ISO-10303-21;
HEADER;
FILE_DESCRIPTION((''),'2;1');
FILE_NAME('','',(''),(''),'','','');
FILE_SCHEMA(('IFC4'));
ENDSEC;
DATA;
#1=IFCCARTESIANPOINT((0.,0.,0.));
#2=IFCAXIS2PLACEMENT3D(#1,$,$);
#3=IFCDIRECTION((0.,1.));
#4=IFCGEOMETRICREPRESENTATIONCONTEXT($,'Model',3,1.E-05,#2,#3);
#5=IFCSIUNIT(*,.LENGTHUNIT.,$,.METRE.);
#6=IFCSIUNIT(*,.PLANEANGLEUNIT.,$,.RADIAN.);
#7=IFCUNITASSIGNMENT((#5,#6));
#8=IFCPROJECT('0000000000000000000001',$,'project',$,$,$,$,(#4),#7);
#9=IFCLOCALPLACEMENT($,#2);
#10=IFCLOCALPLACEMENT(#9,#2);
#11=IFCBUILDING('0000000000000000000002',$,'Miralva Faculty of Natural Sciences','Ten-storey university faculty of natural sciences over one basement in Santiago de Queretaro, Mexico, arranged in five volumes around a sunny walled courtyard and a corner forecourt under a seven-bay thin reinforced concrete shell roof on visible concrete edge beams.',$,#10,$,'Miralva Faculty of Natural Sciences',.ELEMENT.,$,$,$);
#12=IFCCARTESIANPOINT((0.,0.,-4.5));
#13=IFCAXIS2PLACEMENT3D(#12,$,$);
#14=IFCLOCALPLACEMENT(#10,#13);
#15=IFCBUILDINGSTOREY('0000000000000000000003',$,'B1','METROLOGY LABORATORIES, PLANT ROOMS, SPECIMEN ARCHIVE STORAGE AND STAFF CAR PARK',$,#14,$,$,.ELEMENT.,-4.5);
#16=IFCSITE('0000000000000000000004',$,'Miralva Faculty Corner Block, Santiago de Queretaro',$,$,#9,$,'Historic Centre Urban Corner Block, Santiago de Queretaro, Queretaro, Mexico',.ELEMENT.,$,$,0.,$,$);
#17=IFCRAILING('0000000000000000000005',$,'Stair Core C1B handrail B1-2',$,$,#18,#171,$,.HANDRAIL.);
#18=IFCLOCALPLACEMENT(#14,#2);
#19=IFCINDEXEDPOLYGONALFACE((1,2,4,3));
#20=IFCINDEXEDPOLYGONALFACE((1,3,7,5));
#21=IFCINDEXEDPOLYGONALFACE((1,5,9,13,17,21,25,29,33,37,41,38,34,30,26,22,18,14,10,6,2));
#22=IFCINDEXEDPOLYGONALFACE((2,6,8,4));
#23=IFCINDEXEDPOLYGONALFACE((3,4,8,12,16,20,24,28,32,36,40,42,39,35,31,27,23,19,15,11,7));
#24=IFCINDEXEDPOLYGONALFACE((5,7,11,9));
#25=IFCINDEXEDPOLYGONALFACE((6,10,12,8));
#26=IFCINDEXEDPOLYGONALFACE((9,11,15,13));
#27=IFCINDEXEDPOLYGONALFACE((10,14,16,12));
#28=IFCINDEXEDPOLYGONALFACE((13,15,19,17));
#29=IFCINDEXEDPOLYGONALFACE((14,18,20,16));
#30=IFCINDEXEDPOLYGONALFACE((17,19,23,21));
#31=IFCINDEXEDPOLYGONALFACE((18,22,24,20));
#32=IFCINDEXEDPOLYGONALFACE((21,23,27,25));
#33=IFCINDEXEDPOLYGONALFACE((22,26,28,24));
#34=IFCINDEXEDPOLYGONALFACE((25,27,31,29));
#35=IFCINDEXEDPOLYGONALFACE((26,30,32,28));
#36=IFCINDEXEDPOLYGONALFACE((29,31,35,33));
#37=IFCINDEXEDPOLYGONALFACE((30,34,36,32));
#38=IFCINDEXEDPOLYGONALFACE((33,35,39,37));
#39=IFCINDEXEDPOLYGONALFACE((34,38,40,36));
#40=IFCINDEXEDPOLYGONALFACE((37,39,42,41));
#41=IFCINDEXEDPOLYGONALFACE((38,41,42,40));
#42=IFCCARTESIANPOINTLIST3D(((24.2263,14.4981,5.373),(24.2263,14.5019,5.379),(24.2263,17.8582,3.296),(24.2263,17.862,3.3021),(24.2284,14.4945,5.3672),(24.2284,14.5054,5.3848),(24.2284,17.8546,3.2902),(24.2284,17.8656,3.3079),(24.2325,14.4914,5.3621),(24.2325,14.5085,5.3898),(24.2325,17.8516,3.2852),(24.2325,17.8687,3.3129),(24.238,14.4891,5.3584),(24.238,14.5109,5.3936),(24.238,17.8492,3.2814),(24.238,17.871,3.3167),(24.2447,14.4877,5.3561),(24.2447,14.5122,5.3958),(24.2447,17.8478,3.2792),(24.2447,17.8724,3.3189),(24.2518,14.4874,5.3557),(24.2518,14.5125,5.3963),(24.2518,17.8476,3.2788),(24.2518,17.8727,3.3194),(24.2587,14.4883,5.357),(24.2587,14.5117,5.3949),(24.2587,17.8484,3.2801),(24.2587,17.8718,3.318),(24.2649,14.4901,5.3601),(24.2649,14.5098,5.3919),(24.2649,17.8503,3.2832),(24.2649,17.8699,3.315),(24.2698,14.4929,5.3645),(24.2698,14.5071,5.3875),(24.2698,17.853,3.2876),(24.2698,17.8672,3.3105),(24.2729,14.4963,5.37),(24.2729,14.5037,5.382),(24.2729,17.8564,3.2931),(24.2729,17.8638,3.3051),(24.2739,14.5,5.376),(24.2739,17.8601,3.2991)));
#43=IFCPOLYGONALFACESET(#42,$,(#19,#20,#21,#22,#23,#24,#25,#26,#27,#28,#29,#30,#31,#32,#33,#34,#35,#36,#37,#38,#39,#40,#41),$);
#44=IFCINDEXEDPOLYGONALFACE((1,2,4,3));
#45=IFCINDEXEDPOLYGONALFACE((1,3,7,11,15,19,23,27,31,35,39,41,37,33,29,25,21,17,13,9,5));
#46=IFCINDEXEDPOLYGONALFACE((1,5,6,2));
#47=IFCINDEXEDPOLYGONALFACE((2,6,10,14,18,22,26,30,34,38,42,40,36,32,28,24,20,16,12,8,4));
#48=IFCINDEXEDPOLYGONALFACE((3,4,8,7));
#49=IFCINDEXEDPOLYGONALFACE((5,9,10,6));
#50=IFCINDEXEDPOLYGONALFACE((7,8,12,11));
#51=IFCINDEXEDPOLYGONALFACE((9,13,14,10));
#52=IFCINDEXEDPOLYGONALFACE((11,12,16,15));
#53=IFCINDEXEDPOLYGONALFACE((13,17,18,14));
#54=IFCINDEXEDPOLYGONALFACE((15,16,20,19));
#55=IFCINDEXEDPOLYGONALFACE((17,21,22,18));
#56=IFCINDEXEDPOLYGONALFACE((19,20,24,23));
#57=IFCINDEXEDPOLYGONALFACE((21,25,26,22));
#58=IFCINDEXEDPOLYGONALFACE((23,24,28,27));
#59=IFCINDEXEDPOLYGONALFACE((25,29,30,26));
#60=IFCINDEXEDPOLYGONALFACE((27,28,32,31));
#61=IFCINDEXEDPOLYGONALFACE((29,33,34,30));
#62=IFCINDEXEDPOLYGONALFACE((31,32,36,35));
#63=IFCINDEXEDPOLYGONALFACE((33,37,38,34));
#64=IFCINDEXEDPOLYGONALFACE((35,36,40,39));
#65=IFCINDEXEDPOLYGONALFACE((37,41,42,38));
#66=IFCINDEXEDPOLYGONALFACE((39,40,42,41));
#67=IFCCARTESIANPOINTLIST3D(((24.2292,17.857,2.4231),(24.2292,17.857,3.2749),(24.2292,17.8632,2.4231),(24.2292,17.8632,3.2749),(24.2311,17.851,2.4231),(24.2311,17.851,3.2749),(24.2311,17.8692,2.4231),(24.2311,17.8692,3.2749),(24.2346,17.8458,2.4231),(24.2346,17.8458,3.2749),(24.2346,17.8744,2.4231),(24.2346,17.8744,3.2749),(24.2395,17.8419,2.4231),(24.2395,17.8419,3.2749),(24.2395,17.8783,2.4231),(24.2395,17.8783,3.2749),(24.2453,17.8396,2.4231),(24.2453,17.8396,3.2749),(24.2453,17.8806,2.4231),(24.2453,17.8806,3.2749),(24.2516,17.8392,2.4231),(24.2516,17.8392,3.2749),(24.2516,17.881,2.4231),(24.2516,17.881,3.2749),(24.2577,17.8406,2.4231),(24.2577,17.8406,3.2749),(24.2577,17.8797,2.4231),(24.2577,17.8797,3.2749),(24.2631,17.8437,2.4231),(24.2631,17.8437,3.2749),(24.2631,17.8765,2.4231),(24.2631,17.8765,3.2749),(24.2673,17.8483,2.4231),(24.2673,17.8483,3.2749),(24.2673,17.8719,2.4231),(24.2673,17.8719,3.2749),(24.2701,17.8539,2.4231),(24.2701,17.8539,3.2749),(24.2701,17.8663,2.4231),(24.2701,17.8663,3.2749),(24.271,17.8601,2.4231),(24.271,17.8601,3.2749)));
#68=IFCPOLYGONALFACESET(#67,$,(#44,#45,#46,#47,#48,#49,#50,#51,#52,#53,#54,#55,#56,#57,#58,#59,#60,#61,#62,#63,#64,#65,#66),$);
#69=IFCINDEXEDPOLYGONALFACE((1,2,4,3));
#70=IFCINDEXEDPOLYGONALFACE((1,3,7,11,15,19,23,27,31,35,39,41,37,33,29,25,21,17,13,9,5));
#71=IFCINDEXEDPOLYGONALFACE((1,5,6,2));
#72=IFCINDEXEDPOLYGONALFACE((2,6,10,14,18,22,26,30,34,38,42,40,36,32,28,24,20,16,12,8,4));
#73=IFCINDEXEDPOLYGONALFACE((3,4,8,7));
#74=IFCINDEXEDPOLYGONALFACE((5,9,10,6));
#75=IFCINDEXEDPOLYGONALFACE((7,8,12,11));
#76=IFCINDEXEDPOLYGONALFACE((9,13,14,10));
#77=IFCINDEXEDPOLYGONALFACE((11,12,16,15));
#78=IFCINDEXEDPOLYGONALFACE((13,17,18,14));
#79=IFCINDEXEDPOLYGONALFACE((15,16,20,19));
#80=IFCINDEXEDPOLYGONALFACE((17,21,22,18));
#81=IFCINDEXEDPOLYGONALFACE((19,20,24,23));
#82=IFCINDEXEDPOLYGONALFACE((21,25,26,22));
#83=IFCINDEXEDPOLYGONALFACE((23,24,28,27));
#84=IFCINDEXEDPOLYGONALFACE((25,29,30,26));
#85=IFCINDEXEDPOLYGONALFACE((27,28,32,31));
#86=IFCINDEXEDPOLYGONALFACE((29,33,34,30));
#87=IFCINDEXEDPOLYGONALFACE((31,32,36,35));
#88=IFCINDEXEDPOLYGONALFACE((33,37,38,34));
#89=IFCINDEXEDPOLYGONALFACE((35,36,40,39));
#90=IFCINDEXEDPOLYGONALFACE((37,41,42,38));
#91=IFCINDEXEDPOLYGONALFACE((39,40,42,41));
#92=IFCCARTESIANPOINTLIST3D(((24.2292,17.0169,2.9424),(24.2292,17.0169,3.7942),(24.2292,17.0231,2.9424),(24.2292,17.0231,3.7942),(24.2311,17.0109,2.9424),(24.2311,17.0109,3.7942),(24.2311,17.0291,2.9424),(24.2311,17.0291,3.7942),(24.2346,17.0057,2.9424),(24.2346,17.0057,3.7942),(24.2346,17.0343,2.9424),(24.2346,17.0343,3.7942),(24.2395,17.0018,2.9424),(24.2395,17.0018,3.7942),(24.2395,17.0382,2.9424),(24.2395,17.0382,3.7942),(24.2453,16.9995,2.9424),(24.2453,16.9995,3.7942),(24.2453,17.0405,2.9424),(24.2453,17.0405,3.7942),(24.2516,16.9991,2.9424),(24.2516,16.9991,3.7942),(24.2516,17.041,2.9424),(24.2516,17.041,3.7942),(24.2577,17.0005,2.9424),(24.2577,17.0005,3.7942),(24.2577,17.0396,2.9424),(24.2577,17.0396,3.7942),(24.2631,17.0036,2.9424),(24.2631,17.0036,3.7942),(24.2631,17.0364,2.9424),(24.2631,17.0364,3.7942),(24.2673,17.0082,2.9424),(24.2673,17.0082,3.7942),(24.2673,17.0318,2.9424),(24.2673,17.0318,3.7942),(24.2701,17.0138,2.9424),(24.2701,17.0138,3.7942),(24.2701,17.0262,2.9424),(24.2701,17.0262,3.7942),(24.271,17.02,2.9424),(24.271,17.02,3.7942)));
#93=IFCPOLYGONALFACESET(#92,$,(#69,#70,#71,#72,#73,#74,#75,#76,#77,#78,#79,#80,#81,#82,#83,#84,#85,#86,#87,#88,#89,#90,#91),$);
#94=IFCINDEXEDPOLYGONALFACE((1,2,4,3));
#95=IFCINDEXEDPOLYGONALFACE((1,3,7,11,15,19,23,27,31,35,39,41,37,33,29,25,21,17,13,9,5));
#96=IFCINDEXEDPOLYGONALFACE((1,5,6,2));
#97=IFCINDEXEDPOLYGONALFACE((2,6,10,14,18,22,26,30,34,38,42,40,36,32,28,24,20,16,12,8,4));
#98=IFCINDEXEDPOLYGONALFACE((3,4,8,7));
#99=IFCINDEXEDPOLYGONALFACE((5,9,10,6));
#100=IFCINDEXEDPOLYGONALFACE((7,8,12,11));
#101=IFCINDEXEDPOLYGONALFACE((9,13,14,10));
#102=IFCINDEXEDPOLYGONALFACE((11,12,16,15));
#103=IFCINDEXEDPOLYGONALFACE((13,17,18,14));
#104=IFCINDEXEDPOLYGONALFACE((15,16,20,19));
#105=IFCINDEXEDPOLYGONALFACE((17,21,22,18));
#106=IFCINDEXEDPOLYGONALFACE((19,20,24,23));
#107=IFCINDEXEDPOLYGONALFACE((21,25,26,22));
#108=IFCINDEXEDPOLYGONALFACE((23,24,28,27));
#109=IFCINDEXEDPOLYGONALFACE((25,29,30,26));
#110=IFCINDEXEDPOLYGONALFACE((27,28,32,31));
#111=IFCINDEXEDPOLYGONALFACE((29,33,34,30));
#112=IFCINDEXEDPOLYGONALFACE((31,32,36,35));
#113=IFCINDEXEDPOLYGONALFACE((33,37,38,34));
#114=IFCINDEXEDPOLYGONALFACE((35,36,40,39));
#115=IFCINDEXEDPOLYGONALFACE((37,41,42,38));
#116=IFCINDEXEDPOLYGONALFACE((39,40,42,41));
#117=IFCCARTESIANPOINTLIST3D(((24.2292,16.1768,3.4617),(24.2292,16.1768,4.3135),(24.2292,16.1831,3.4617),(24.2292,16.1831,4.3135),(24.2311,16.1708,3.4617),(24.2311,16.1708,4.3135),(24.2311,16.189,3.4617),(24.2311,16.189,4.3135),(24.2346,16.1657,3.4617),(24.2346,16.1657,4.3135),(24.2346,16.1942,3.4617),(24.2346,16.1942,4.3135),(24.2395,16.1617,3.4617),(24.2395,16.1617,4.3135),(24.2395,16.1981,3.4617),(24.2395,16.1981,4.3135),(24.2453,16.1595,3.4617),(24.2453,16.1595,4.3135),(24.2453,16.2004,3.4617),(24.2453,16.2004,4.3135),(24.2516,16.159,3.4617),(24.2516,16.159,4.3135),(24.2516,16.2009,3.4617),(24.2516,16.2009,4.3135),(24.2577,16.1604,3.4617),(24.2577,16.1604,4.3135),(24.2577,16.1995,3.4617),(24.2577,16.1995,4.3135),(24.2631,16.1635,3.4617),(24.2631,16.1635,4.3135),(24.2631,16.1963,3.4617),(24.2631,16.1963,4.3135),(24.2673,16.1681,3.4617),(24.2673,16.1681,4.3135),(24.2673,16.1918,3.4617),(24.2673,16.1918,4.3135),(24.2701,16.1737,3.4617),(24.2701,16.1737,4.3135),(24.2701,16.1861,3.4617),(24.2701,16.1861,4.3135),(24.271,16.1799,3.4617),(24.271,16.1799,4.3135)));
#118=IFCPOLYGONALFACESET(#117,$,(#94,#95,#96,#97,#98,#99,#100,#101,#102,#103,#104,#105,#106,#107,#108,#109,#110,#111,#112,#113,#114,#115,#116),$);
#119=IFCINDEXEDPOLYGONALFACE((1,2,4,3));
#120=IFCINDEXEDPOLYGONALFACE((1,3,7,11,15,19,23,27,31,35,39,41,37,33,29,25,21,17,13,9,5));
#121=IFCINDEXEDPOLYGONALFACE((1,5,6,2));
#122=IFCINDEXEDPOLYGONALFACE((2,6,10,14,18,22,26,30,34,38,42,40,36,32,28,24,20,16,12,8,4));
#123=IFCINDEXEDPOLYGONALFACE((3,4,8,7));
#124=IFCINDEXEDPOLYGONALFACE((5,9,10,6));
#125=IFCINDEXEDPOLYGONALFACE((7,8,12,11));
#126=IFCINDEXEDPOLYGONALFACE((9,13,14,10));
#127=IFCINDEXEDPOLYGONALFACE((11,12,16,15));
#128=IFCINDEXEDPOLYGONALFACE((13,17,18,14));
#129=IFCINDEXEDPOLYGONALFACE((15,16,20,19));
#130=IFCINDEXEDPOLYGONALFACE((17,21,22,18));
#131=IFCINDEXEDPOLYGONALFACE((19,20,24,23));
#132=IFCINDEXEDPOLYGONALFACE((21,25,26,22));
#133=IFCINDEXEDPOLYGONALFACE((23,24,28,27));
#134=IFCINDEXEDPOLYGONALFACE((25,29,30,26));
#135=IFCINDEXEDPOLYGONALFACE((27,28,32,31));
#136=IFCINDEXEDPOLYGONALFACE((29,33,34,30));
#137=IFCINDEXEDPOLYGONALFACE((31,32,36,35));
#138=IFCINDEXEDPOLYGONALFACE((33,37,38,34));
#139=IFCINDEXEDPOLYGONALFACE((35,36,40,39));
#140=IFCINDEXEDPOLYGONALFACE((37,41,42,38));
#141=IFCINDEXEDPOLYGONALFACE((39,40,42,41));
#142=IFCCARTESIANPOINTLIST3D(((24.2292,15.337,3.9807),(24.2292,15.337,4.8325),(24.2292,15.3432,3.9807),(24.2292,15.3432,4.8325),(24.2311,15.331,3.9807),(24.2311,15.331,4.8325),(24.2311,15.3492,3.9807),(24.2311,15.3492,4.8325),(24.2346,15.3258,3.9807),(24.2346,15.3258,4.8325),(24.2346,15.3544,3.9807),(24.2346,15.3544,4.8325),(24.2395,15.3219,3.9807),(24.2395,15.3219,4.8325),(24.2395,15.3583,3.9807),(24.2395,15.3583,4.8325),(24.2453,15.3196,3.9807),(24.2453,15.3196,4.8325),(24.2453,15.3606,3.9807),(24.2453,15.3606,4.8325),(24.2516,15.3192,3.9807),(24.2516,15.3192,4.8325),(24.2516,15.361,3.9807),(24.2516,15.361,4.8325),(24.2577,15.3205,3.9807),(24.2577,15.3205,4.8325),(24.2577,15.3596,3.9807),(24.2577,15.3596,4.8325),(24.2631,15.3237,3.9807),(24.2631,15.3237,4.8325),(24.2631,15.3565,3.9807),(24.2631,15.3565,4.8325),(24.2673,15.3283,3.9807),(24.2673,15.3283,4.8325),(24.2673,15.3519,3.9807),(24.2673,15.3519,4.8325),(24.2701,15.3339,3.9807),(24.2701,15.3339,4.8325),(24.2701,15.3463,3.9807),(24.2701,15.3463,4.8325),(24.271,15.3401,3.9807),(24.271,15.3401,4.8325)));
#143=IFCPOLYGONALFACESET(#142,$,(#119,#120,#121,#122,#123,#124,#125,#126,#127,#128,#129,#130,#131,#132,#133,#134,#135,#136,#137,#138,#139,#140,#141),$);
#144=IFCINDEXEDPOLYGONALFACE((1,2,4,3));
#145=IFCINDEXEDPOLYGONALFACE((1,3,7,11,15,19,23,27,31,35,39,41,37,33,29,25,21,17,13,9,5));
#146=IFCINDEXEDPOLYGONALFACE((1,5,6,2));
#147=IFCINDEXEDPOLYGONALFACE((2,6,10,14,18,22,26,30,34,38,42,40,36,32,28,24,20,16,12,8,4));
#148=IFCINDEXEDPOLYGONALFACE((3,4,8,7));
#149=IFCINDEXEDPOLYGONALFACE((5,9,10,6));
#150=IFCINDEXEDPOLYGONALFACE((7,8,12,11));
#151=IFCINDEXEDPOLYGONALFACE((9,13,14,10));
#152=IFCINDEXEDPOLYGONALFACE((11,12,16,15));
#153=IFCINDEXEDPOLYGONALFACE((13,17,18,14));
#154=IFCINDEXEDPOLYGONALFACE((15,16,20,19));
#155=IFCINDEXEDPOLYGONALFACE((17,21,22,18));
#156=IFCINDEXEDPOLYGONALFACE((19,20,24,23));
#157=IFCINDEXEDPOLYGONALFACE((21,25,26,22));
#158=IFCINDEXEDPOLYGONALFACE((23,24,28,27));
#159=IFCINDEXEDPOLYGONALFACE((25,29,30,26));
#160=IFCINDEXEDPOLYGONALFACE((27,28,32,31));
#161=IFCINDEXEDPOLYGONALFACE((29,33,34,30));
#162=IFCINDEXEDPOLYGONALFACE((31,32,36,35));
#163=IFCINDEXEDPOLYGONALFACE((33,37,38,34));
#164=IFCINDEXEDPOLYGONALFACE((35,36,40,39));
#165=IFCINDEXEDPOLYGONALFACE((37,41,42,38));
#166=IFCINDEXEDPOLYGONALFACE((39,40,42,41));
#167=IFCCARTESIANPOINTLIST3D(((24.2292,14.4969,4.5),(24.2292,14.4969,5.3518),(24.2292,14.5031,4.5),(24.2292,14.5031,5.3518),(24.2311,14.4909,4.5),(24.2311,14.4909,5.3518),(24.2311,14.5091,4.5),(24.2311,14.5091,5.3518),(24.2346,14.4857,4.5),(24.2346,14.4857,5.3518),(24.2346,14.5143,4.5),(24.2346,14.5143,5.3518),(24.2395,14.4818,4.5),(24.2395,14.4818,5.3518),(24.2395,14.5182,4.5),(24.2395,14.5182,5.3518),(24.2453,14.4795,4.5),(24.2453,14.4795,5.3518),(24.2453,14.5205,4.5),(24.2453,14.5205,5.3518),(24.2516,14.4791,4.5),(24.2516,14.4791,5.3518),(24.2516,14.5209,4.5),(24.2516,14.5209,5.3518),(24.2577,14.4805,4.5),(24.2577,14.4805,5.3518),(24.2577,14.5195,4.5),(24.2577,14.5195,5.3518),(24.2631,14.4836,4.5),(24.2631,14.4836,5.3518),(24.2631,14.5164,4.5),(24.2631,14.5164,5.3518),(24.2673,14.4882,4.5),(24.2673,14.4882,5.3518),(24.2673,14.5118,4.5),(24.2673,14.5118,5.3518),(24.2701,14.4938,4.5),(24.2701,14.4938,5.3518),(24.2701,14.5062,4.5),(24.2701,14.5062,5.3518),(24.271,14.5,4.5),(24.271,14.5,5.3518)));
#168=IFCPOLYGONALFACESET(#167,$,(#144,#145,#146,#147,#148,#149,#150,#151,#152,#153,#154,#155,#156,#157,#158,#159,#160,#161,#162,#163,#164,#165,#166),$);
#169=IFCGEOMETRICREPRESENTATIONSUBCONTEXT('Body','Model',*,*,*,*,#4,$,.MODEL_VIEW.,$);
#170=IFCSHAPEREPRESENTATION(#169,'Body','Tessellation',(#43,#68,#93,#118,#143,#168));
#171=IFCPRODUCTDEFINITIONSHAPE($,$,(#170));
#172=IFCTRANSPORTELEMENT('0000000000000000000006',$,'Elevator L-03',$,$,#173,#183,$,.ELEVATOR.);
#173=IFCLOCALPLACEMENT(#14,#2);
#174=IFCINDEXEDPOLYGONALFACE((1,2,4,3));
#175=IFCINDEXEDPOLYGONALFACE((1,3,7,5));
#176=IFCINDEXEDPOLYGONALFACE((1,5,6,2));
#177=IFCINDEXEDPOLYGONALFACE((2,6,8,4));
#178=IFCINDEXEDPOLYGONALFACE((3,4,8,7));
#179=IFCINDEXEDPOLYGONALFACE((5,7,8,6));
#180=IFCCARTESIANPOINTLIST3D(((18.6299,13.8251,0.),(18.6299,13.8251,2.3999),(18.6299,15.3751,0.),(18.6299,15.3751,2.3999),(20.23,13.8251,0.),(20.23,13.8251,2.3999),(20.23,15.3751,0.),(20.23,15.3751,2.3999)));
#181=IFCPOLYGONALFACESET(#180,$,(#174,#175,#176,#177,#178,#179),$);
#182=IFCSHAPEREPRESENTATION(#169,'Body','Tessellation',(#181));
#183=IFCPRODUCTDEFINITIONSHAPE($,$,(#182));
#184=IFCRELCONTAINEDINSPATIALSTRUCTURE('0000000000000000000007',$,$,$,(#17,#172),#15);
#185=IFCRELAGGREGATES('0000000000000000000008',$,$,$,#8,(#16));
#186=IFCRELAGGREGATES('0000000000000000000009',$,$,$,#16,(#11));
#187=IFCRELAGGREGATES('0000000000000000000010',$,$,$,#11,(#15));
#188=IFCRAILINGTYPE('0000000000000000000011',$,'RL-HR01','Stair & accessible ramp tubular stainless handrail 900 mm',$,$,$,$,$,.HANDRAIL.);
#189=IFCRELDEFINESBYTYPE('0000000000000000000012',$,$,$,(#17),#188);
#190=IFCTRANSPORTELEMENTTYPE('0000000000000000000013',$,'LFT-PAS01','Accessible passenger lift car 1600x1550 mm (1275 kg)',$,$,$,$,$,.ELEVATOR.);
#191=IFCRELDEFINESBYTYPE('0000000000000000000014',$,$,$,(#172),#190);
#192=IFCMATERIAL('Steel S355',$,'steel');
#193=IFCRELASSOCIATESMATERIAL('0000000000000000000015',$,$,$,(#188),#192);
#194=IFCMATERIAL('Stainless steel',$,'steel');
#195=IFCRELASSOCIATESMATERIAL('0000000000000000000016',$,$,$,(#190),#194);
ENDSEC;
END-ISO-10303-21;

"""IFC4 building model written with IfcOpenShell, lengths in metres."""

from ifc_helpers import new_model, si_unit, direction, frame, origin, origin_2d, place, context, subcontext, project, spatial, rectangle, circle, extrude, material, type_object, element, save


model = new_model("IFC4")

# Units and contexts
model_context = context("Model", 3, precision=1e-05, world=origin(), true_north=direction((0.0, 1.0)))
body_context = subcontext(model_context, "Body", "Model", "MODEL_VIEW")
ifc_project = project(units=[si_unit("LENGTHUNIT", "METRE"), si_unit("PLANEANGLEUNIT", "RADIAN")], contexts=[model_context])

# Site, building, storey
site_placement = place(None, origin())
site = spatial("IfcSite", under=ifc_project, at=site_placement, Name="Miralva Faculty Corner Block, Santiago de Queretaro", LongName="Historic Centre Urban Corner Block, Santiago de Queretaro, Queretaro, Mexico", CompositionType="ELEMENT", RefElevation=0.0)
building_placement = place(site_placement, origin())
building = spatial("IfcBuilding", under=site, at=building_placement, Name="Miralva Faculty of Natural Sciences", Description="Ten-storey university faculty of natural sciences over one basement in Santiago de Queretaro, Mexico, arranged in five volumes around a sunny walled courtyard and a corner forecourt under a seven-bay thin reinforced concrete shell roof on visible concrete edge beams.", LongName="Miralva Faculty of Natural Sciences", CompositionType="ELEMENT")
storey_placement = place(building_placement, frame((0.0, 0.0, -4.5)))
storey = spatial("IfcBuildingStorey", under=building, at=storey_placement, Name="B1", Description="METROLOGY LABORATORIES, PLANT ROOMS, SPECIMEN ARCHIVE STORAGE AND STAFF CAR PARK", CompositionType="ELEMENT", Elevation=-4.5)

# Railing
ifc_material_1 = material(Name="Steel S355", Category="steel")
railing_type_1 = type_object("IfcRailingType", Name="RL-HR01", Description="Stair & accessible ramp tubular stainless handrail 900 mm", PredefinedType="HANDRAIL", material=ifc_material_1)
railing_1_placement = place(storey_placement, frame((24.25, 17.8601, 2.4231)))
element("IfcRailing", 1, at=railing_1_placement, inside=storey, type_object=railing_type_1, Name="Stair Core C1B handrail B1-2", PredefinedType="HANDRAIL", context=body_context, shape_type="SweptSolid", body=[
    extrude(circle(Radius=0.0239, at=origin_2d()), frame((0.0, 0.0, 0.876), z_axis=(0.0, -0.850623, 0.525776), x_axis=(1.0, 0.0, 0.0)), (0.0, 0.0, 1.0), 3.9502),
    extrude(circle(Radius=0.021, at=origin_2d()), origin(), (0.0, 0.0, 1.0), 0.8518),
    extrude(circle(Radius=0.021, at=origin_2d()), frame((0.0, -0.8401, 0.5193)), (0.0, 0.0, 1.0), 0.8518),
    extrude(circle(Radius=0.021, at=origin_2d()), frame((0.0, -1.6802, 1.0386)), (0.0, 0.0, 1.0), 0.8518),
    extrude(circle(Radius=0.021, at=origin_2d()), frame((0.0, -2.52, 1.5576)), (0.0, 0.0, 1.0), 0.8518),
    extrude(circle(Radius=0.021, at=origin_2d()), frame((0.0, -3.3601, 2.0769)), (0.0, 0.0, 1.0), 0.8518),
])

# Transport element
ifc_material_2 = material(Name="Stainless steel", Category="steel")
transport_element_type = type_object("IfcTransportElementType", Name="LFT-PAS01", Description="Accessible passenger lift car 1600x1550 mm (1275 kg)", PredefinedType="ELEVATOR", material=ifc_material_2)
transport_element_placement = place(storey_placement, frame((19.4299, 14.6001, 0.0), z_axis=(0.0, 0.0, 1.0), x_axis=(1.0, 0.0, 0.0)))
element("IfcTransportElement", 2, at=transport_element_placement, inside=storey, type_object=transport_element_type, Name="Elevator L-03", PredefinedType="ELEVATOR", context=body_context, shape_type="SweptSolid", body=[
    extrude(rectangle(XDim=1.6001, YDim=1.55, at=origin_2d()), origin(), (0.0, 0.0, 1.0), 2.3999),
])

save(model, "model.ifc")
